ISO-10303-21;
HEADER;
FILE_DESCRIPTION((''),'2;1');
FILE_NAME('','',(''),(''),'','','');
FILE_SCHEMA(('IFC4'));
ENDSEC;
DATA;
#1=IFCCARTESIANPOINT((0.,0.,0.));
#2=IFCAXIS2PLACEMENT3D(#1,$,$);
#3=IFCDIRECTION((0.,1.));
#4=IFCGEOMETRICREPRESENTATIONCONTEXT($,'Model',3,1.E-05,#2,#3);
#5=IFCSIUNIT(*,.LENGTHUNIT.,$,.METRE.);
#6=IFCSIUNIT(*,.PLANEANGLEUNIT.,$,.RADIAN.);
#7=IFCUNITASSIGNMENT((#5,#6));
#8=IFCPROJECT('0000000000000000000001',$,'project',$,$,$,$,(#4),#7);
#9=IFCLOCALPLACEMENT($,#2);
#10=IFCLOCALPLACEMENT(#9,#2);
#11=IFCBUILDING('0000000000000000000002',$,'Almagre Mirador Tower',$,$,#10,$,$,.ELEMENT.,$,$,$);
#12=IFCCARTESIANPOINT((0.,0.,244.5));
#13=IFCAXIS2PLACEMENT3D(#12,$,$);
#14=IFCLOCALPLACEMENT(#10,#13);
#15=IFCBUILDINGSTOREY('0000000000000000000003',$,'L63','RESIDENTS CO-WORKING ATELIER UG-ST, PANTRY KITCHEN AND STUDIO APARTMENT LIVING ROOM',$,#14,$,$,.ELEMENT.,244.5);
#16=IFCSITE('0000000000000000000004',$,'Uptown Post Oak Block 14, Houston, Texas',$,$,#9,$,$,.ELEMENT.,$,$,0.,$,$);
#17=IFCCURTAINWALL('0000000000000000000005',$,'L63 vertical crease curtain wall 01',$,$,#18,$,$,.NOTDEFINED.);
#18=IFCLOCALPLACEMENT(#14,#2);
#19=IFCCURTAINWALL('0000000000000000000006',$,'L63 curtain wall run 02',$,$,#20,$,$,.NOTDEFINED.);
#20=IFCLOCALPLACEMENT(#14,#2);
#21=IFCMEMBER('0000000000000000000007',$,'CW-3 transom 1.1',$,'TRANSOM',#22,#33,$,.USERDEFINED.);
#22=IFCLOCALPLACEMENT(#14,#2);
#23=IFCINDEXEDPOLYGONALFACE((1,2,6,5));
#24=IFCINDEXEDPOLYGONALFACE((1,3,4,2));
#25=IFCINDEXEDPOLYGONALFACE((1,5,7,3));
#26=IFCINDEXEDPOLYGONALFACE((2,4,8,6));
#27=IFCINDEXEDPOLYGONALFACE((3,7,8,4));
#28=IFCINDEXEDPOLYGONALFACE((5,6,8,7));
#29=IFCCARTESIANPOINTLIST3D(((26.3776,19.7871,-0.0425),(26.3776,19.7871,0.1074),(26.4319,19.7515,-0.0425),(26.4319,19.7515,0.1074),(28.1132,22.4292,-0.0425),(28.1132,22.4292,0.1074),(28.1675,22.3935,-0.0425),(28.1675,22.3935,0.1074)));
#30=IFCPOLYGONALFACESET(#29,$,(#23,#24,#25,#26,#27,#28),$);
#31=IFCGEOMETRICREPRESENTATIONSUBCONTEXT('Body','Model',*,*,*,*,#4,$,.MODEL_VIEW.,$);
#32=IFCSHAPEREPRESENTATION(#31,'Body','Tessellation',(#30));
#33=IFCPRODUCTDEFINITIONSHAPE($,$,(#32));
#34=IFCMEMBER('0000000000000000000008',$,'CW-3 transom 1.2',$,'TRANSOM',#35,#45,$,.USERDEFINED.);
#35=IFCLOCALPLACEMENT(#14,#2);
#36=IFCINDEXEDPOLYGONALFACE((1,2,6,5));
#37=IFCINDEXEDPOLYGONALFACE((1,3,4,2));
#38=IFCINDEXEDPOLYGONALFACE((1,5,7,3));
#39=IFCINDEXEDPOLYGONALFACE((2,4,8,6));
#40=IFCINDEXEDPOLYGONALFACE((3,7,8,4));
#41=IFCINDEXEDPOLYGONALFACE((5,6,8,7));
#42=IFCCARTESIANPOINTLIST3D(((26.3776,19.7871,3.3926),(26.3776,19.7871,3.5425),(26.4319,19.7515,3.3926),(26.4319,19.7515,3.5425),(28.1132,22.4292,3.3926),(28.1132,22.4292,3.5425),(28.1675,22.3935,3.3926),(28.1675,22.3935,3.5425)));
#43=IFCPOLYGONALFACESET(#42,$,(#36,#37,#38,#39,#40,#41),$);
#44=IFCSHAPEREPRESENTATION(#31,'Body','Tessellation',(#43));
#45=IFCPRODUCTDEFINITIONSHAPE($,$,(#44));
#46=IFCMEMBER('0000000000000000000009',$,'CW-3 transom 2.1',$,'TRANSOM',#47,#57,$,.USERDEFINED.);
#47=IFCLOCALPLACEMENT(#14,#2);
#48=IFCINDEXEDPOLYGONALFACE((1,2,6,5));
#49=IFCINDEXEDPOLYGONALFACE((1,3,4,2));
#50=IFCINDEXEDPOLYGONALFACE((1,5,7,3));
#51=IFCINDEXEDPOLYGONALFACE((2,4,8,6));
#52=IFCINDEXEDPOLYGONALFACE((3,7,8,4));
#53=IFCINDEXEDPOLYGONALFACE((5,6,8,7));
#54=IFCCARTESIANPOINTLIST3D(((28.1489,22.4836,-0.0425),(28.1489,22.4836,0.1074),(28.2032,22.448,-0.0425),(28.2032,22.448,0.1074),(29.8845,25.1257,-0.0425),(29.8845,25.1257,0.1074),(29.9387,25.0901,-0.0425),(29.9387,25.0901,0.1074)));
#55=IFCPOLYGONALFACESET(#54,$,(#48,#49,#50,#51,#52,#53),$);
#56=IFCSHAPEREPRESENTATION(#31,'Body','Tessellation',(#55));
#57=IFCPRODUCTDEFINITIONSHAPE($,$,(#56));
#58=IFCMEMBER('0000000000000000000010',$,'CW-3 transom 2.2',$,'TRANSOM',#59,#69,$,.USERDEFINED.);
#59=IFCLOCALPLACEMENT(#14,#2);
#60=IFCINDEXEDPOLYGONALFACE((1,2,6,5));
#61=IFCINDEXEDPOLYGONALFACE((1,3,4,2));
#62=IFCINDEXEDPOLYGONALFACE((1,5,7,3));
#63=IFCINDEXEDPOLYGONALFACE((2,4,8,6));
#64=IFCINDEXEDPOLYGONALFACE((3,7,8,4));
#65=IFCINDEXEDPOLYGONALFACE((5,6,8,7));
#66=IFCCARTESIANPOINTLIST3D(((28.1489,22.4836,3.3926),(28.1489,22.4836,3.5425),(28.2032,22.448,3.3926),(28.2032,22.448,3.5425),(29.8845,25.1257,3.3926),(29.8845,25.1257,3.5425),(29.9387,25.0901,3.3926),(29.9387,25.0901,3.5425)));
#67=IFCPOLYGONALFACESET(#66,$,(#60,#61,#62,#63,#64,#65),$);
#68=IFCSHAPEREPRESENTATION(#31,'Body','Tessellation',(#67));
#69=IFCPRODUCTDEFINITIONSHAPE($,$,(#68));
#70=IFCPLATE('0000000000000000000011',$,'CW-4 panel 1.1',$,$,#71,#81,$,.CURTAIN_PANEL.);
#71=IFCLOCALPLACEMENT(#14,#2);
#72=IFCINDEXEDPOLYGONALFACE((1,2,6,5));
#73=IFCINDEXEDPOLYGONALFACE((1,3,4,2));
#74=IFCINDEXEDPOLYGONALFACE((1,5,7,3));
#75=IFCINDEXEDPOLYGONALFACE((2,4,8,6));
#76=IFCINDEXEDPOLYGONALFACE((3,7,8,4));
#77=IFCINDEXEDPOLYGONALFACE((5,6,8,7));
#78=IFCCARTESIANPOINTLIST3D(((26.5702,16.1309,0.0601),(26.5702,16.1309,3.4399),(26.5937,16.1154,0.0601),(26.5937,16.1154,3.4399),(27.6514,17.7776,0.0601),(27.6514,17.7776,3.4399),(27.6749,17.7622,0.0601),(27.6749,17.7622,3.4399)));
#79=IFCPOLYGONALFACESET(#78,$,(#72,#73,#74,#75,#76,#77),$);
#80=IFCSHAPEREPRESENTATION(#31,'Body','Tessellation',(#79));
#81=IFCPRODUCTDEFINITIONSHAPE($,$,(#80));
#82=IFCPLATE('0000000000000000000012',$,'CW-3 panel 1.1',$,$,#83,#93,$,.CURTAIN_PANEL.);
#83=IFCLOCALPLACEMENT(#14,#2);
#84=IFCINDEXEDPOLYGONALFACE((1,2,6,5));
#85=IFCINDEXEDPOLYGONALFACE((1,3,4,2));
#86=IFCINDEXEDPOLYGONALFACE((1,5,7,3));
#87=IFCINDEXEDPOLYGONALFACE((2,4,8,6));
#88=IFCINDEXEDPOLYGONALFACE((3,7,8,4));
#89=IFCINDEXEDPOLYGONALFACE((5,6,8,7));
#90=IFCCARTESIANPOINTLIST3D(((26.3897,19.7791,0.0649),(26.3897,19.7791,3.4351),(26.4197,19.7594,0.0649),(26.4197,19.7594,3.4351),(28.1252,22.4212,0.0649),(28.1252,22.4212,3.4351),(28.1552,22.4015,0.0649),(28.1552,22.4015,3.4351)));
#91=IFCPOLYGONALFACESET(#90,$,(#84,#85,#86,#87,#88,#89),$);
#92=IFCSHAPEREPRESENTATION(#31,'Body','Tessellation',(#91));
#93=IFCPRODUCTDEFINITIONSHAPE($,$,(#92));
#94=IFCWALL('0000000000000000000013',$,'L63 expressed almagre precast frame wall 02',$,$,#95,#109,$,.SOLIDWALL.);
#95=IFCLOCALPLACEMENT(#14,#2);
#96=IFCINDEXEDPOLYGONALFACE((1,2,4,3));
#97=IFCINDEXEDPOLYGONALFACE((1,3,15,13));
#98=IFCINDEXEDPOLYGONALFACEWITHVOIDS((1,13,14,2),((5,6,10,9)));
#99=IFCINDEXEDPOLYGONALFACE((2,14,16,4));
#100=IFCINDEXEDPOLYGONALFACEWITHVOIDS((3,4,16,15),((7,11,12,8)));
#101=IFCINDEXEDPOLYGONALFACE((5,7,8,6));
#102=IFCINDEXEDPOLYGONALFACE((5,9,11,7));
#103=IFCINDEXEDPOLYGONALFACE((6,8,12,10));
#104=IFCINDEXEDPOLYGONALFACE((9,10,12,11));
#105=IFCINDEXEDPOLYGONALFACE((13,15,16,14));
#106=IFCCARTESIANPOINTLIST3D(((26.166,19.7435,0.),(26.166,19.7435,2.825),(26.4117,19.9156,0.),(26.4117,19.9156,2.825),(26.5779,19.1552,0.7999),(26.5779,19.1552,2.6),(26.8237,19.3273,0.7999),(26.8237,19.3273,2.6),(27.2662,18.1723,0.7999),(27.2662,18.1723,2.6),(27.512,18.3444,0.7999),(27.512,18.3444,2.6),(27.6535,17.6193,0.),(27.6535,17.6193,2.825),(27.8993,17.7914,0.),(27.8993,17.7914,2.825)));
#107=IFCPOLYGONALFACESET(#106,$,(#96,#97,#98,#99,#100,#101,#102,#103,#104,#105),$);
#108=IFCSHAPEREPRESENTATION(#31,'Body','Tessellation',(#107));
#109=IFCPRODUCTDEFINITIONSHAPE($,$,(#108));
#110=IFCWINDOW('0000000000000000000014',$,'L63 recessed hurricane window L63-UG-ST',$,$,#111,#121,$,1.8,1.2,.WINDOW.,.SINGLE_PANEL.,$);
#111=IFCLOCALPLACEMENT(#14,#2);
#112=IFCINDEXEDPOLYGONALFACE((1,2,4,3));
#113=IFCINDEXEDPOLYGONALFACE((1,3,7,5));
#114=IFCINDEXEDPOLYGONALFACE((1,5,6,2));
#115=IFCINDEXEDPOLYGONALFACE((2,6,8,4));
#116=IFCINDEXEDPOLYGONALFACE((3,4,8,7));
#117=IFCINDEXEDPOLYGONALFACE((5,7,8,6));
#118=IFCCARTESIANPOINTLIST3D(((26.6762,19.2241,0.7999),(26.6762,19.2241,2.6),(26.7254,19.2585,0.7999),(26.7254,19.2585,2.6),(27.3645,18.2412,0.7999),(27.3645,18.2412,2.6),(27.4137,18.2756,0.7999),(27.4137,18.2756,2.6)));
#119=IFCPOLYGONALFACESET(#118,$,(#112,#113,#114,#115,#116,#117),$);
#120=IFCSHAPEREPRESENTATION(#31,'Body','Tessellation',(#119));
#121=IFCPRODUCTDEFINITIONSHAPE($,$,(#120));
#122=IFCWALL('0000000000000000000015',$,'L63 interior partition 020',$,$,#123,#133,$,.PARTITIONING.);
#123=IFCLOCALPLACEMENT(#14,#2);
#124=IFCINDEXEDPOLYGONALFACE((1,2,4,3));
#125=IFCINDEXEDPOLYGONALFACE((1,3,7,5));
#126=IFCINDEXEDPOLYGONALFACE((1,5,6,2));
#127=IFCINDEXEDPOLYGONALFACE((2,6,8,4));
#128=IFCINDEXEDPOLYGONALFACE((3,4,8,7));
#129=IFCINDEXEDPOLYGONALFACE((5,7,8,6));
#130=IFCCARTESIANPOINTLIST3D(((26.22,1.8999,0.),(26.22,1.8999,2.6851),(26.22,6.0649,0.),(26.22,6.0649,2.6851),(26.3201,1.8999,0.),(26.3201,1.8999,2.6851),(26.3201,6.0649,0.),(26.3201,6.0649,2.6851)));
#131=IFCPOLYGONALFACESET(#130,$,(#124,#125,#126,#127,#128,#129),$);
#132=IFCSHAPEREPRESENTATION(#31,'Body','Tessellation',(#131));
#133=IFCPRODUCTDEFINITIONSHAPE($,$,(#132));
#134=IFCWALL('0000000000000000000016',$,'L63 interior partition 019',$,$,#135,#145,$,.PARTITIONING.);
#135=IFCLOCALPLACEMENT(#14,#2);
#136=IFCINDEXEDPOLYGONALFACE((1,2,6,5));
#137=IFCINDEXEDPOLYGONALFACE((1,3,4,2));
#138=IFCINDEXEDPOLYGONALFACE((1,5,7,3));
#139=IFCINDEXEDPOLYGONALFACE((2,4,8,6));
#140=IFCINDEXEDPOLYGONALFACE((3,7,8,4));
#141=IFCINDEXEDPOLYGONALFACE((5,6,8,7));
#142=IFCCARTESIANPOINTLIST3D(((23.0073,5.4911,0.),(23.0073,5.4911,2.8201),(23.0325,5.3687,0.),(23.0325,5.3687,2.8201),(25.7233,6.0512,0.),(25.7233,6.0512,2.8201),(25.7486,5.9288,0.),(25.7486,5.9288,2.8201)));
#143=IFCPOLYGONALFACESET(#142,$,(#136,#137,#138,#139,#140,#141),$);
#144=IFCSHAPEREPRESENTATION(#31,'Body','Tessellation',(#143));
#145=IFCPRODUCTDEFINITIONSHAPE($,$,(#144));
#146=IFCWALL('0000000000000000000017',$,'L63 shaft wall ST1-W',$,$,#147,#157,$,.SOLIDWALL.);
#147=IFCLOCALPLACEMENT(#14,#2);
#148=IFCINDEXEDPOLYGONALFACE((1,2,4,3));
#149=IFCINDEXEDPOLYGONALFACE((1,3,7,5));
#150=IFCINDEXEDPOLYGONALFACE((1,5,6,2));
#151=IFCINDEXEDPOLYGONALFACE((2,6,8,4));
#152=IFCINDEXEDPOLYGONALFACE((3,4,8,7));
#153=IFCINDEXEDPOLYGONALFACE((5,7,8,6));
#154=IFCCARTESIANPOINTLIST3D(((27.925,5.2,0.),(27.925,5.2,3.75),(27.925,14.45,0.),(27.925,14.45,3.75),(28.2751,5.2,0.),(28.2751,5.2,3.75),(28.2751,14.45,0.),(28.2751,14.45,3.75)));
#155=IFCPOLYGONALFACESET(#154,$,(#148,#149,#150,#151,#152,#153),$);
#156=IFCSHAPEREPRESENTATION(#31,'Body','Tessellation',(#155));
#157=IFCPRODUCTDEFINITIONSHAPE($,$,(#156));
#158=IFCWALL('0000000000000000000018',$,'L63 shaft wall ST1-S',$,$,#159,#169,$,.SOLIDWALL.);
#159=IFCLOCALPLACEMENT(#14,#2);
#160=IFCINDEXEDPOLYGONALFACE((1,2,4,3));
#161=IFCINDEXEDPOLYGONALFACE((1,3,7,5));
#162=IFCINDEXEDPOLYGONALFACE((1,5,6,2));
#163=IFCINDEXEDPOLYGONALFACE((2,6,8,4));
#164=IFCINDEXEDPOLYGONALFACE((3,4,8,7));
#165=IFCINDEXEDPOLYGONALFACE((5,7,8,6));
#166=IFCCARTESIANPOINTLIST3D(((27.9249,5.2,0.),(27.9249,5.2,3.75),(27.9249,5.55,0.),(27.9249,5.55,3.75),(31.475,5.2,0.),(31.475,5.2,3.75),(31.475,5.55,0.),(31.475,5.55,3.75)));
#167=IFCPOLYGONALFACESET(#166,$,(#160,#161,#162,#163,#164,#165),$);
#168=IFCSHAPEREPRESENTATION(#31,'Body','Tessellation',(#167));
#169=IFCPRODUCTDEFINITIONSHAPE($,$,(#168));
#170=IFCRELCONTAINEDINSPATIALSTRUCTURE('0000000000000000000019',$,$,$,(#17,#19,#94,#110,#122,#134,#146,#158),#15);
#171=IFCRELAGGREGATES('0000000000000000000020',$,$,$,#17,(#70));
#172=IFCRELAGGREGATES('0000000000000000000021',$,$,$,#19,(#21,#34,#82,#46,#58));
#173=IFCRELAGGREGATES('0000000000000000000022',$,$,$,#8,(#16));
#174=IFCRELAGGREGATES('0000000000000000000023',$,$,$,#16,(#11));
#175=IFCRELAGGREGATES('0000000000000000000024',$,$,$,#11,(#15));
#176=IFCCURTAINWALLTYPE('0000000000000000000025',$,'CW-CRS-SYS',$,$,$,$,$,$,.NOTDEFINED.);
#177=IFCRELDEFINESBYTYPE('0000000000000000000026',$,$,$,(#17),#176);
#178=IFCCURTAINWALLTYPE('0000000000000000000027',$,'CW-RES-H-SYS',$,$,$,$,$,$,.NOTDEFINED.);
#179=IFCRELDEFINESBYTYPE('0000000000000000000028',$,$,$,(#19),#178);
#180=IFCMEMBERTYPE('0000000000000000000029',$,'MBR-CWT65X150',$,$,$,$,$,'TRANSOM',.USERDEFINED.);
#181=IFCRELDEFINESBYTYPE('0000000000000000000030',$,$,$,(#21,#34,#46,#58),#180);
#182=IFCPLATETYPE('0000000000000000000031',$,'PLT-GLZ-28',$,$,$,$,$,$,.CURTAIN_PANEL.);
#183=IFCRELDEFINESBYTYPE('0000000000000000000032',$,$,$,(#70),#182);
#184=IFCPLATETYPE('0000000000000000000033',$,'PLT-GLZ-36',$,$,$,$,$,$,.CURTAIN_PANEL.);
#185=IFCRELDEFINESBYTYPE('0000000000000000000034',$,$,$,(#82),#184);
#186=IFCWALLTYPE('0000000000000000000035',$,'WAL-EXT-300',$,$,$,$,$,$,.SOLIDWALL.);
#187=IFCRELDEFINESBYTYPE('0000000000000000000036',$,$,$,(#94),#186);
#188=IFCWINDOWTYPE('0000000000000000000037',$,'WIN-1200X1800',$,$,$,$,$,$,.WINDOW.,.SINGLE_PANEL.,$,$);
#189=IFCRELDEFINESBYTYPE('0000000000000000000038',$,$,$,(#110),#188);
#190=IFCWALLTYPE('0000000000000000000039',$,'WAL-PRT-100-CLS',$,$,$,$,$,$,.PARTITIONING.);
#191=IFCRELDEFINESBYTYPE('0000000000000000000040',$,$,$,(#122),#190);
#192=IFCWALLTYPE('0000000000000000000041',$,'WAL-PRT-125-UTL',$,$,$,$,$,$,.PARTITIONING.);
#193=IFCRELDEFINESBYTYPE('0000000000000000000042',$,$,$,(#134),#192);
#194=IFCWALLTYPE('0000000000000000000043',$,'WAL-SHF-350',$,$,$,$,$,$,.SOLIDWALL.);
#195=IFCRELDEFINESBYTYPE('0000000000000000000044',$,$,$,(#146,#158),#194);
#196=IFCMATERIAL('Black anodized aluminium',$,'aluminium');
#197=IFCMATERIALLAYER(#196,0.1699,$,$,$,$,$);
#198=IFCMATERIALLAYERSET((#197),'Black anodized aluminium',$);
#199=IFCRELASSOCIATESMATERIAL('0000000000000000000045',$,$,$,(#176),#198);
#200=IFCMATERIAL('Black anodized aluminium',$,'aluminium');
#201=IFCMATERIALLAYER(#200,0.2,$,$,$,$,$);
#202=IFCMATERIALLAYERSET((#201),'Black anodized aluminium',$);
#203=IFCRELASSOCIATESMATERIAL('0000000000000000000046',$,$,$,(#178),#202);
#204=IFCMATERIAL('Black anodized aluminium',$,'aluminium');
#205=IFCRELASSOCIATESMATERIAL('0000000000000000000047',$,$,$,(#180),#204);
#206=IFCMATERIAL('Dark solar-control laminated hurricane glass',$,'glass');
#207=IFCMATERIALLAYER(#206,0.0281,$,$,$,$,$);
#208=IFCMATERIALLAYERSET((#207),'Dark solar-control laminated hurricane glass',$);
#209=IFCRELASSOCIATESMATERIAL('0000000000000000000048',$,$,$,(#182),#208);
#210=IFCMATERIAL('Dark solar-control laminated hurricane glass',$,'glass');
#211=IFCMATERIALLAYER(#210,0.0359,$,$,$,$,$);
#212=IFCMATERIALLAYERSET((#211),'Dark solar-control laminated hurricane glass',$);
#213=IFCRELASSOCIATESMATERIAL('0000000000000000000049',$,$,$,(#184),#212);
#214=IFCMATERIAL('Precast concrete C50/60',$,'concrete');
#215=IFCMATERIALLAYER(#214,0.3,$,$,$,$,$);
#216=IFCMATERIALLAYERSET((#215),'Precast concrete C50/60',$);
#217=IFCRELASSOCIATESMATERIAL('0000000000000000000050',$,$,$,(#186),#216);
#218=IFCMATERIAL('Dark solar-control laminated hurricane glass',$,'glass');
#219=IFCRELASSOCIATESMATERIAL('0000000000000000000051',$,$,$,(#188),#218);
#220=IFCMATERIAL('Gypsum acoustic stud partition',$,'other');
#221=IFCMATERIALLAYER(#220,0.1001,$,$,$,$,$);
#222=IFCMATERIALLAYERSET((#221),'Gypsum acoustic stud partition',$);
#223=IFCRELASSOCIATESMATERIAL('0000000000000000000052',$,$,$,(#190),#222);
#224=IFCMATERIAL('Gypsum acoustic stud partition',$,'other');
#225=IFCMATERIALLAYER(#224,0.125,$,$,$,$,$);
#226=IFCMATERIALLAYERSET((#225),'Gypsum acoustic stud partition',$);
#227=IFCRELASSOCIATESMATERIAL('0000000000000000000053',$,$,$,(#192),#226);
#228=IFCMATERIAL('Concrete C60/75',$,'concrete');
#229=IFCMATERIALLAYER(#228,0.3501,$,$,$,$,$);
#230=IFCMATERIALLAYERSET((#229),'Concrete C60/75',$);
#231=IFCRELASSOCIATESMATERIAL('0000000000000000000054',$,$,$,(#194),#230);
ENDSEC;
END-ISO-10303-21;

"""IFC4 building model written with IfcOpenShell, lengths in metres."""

from ifc_helpers import new_model, si_unit, direction, frame, frame_2d, origin, origin_2d, place, context, subcontext, project, spatial, rectangle, extrude, material, layer, layer_set, material_profile, profile_set, type_object, element, fill, aggregate, save


model = new_model("IFC4")

# Units and contexts
model_context = context("Model", 3, precision=1e-05, world=origin(), true_north=direction((0.0, 1.0)))
body_context = subcontext(model_context, "Body", "Model", "MODEL_VIEW")
ifc_project = project(units=[si_unit("LENGTHUNIT", "METRE"), si_unit("PLANEANGLEUNIT", "RADIAN")], contexts=[model_context])

# Site, building, storey
site_placement = place(None, origin())
site = spatial("IfcSite", under=ifc_project, at=site_placement, Name="Uptown Post Oak Block 14, Houston, Texas", CompositionType="ELEMENT", RefElevation=0.0)
building_placement = place(site_placement, origin())
building = spatial("IfcBuilding", under=site, at=building_placement, Name="Almagre Mirador Tower", CompositionType="ELEMENT")
storey_placement = place(building_placement, frame((0.0, 0.0, 244.5)))
storey = spatial("IfcBuildingStorey", under=building, at=storey_placement, Name="L63", Description="RESIDENTS CO-WORKING ATELIER UG-ST, PANTRY KITCHEN AND STUDIO APARTMENT LIVING ROOM", CompositionType="ELEMENT", Elevation=244.5)

# Curtain walls
ifc_material_1 = material(Name="Black anodized aluminium", Category="aluminium")
ifc_layer_1 = layer(ifc_material_1, 0.1699)
ifc_layer_set_1 = layer_set([ifc_layer_1], Name="Black anodized aluminium")
curtain_wall_type_1 = type_object("IfcCurtainWallType", Name="CW-CRS-SYS", PredefinedType="NOTDEFINED", material=ifc_layer_set_1)
curtain_wall_1_placement = place(storey_placement, origin())
curtain_wall_1 = element("IfcCurtainWall", 1, at=curtain_wall_1_placement, inside=storey, type_object=curtain_wall_type_1, Name="L63 vertical crease curtain wall 01", PredefinedType="NOTDEFINED")
ifc_material_2 = material(Name="Black anodized aluminium", Category="aluminium")
ifc_layer_2 = layer(ifc_material_2, 0.2)
ifc_layer_set_2 = layer_set([ifc_layer_2], Name="Black anodized aluminium")
curtain_wall_type_2 = type_object("IfcCurtainWallType", Name="CW-RES-H-SYS", PredefinedType="NOTDEFINED", material=ifc_layer_set_2)
curtain_wall_2_placement = place(storey_placement, origin())
curtain_wall_2 = element("IfcCurtainWall", 2, at=curtain_wall_2_placement, inside=storey, type_object=curtain_wall_type_2, Name="L63 curtain wall run 02", PredefinedType="NOTDEFINED")

# Members
ifc_material_3 = material(Name="Black anodized aluminium", Category="aluminium")
ifc_material_profile_1 = material_profile(ifc_material_3, rectangle(XDim=0.0649, YDim=0.1499, at=origin_2d()), Name="CWT65X150")
ifc_profile_set_1 = profile_set([ifc_material_profile_1], Name="Black anodized aluminium")
member_type_1 = type_object("IfcMemberType", Name="MBR-CWT65X150", ElementType="TRANSOM", PredefinedType="USERDEFINED", material=ifc_profile_set_1)
member_1_placement = place(storey_placement, frame((26.4048, 19.7693, 0.0325), z_axis=(0.549038, 0.835798, 0.0), x_axis=(-0.835798, 0.549038, 0.0)))
member_1 = element("IfcMember", 3, at=member_1_placement, type_object=member_type_1, Name="CW-3 transom 1.1", ObjectType="TRANSOM", PredefinedType="USERDEFINED", context=body_context, shape_type="SweptSolid", body=[
    extrude(rectangle(XDim=0.0649, YDim=0.1499, at=origin_2d()), origin(), (0.0, 0.0, 1.0), 3.1611),
])
member_2_placement = place(storey_placement, frame((26.4048, 19.7693, 3.4675), z_axis=(0.549038, 0.835798, 0.0), x_axis=(-0.835798, 0.549038, 0.0)))
member_2 = element("IfcMember", 4, at=member_2_placement, type_object=member_type_1, Name="CW-3 transom 1.2", ObjectType="TRANSOM", PredefinedType="USERDEFINED", context=body_context, shape_type="SweptSolid", body=[
    extrude(rectangle(XDim=0.0649, YDim=0.1499, at=origin_2d()), origin(), (0.0, 0.0, 1.0), 3.1611),
])
member_3_placement = place(storey_placement, frame((28.176, 22.4658, 0.0325), z_axis=(0.549038, 0.835798, 0.0), x_axis=(-0.835798, 0.549038, 0.0)))
member_3 = element("IfcMember", 5, at=member_3_placement, type_object=member_type_1, Name="CW-3 transom 2.1", ObjectType="TRANSOM", PredefinedType="USERDEFINED", context=body_context, shape_type="SweptSolid", body=[
    extrude(rectangle(XDim=0.0649, YDim=0.1499, at=origin_2d()), origin(), (0.0, 0.0, 1.0), 3.1611),
])
member_4_placement = place(storey_placement, frame((28.176, 22.4658, 3.4675), z_axis=(0.549038, 0.835798, 0.0), x_axis=(-0.835798, 0.549038, 0.0)))
member_4 = element("IfcMember", 6, at=member_4_placement, type_object=member_type_1, Name="CW-3 transom 2.2", ObjectType="TRANSOM", PredefinedType="USERDEFINED", context=body_context, shape_type="SweptSolid", body=[
    extrude(rectangle(XDim=0.0649, YDim=0.1499, at=origin_2d()), origin(), (0.0, 0.0, 1.0), 3.1611),
])

# Plates
ifc_material_4 = material(Name="Dark solar-control laminated hurricane glass", Category="glass")
ifc_layer_3 = layer(ifc_material_4, 0.0281)
ifc_layer_set_3 = layer_set([ifc_layer_3], Name="Dark solar-control laminated hurricane glass")
plate_type_1 = type_object("IfcPlateType", Name="PLT-GLZ-28", PredefinedType="CURTAIN_PANEL", material=ifc_layer_set_3)
plate_1_placement = place(storey_placement, frame((27.1226, 16.9465, 0.0601), z_axis=(0.0, 0.0, 1.0), x_axis=(0.548834, 0.835931, 0.0)))
plate_1 = element("IfcPlate", 7, at=plate_1_placement, type_object=plate_type_1, Name="CW-4 panel 1.1", PredefinedType="CURTAIN_PANEL", context=body_context, shape_type="SweptSolid", body=[
    extrude(rectangle(XDim=1.97, YDim=0.0281, at=origin_2d()), origin(), (0.0, 0.0, 1.0), 3.3799),
])
aggregate(curtain_wall_1, [plate_1])
ifc_material_5 = material(Name="Dark solar-control laminated hurricane glass", Category="glass")
ifc_layer_4 = layer(ifc_material_5, 0.0359)
ifc_layer_set_4 = layer_set([ifc_layer_4], Name="Dark solar-control laminated hurricane glass")
plate_type_2 = type_object("IfcPlateType", Name="PLT-GLZ-36", PredefinedType="CURTAIN_PANEL", material=ifc_layer_set_4)
plate_2_placement = place(storey_placement, frame((27.2725, 21.0903, 0.0649), z_axis=(0.0, 0.0, 1.0), x_axis=(0.549033, 0.835801, 0.0)))
plate_2 = element("IfcPlate", 8, at=plate_2_placement, type_object=plate_type_2, Name="CW-3 panel 1.1", PredefinedType="CURTAIN_PANEL", context=body_context, shape_type="SweptSolid", body=[
    extrude(rectangle(XDim=3.1611, YDim=0.0359, at=origin_2d()), origin(), (0.0, 0.0, 1.0), 3.3701),
])
aggregate(curtain_wall_2, [member_1, member_2, plate_2, member_3, member_4])

# Wall, opening, window
ifc_material_6 = material(Name="Precast concrete C50/60", Category="concrete")
ifc_layer_5 = layer(ifc_material_6, 0.3)
ifc_layer_set_5 = layer_set([ifc_layer_5], Name="Precast concrete C50/60")
wall_type_1 = type_object("IfcWallType", Name="WAL-EXT-300", PredefinedType="SOLIDWALL", material=ifc_layer_set_5)
wall_1_placement = place(storey_placement, frame((27.7764, 17.7053, 0.0), z_axis=(0.0, 0.0, 1.0), x_axis=(-0.573608, 0.81913, 0.0)))
wall_1 = element("IfcWall", 9, at=wall_1_placement, inside=storey, type_object=wall_type_1, Name="L63 expressed almagre precast frame wall 02", PredefinedType="SOLIDWALL", context=body_context, shape_type="SweptSolid", body=[
    extrude(rectangle(XDim=2.5933, YDim=0.3, at=frame_2d((1.2966, 0.0))), origin(), (0.0, 0.0, 1.0), 2.825),
])
opening_1_placement = place(wall_1_placement, frame((0.675, 0.0, 0.8)))
opening_1 = element("IfcOpeningElement", 10, at=opening_1_placement, cuts=wall_1, PredefinedType="OPENING", context=body_context, shape_type="SweptSolid", body=[
    extrude(rectangle(XDim=1.2, YDim=1.8, at=frame_2d((0.6001, 0.8999))), frame((0.0, 0.1599, 0.0), z_axis=(0.0, -1.0, 0.0), x_axis=(1.0, 0.0, 0.0)), (0.0, 0.0, 1.0), 0.32),
])
ifc_material_7 = material(Name="Dark solar-control laminated hurricane glass", Category="glass")
window_type = type_object("IfcWindowType", Name="WIN-1200X1800", PartitioningType="SINGLE_PANEL", PredefinedType="WINDOW", material=ifc_material_7)
window_placement = place(opening_1_placement, origin())
window = element("IfcWindow", 11, at=window_placement, inside=storey, type_object=window_type, Name="L63 recessed hurricane window L63-UG-ST", OverallHeight=1.8, OverallWidth=1.2, PartitioningType="SINGLE_PANEL", PredefinedType="WINDOW", context=body_context, shape_type="SweptSolid", body=[
    extrude(rectangle(XDim=1.2, YDim=1.8, at=frame_2d((0.6001, 0.8999))), frame((0.0, 0.03, 0.0), z_axis=(0.0, -1.0, 0.0), x_axis=(1.0, 0.0, 0.0)), (0.0, 0.0, 1.0), 0.0601),
])
fill(opening_1, window)

# Walls
ifc_material_8 = material(Name="Gypsum acoustic stud partition", Category="other")
ifc_layer_6 = layer(ifc_material_8, 0.1001)
ifc_layer_set_6 = layer_set([ifc_layer_6], Name="Gypsum acoustic stud partition")
wall_type_2 = type_object("IfcWallType", Name="WAL-PRT-100-CLS", PredefinedType="PARTITIONING", material=ifc_layer_set_6)
wall_2_placement = place(storey_placement, frame((26.27, 1.8999, 0.0), z_axis=(0.0, 0.0, 1.0), x_axis=(0.0, 1.0, 0.0)))
element("IfcWall", 12, at=wall_2_placement, inside=storey, type_object=wall_type_2, Name="L63 interior partition 020", PredefinedType="PARTITIONING", context=body_context, shape_type="SweptSolid", body=[
    extrude(rectangle(XDim=4.165, YDim=0.1001, at=frame_2d((2.0825, 0.0))), origin(), (0.0, 0.0, 1.0), 2.6851),
])
ifc_material_9 = material(Name="Gypsum acoustic stud partition", Category="other")
ifc_layer_7 = layer(ifc_material_9, 0.125)
ifc_layer_set_7 = layer_set([ifc_layer_7], Name="Gypsum acoustic stud partition")
wall_type_3 = type_object("IfcWallType", Name="WAL-PRT-125-UTL", PredefinedType="PARTITIONING", material=ifc_layer_set_7)
wall_3_placement = place(storey_placement, frame((25.7361, 5.99, 0.0), z_axis=(0.0, 0.0, 1.0), x_axis=(-0.979395, -0.201953, 0.0)))
element("IfcWall", 13, at=wall_3_placement, inside=storey, type_object=wall_type_3, Name="L63 interior partition 019", PredefinedType="PARTITIONING", context=body_context, shape_type="SweptSolid", body=[
    extrude(rectangle(XDim=2.7732, YDim=0.125, at=frame_2d((1.3867, 0.0))), origin(), (0.0, 0.0, 1.0), 2.8201),
])
ifc_material_10 = material(Name="Concrete C60/75", Category="concrete")
ifc_layer_8 = layer(ifc_material_10, 0.3501)
ifc_layer_set_8 = layer_set([ifc_layer_8], Name="Concrete C60/75")
wall_type_4 = type_object("IfcWallType", Name="WAL-SHF-350", PredefinedType="SOLIDWALL", material=ifc_layer_set_8)
wall_4_placement = place(storey_placement, frame((28.1001, 5.2, 0.0), z_axis=(0.0, 0.0, 1.0), x_axis=(0.0, 1.0, 0.0)))
element("IfcWall", 14, at=wall_4_placement, inside=storey, type_object=wall_type_4, Name="L63 shaft wall ST1-W", PredefinedType="SOLIDWALL", context=body_context, shape_type="SweptSolid", body=[
    extrude(rectangle(XDim=9.25, YDim=0.3501, at=frame_2d((4.625, 0.0))), origin(), (0.0, 0.0, 1.0), 3.75),
])
wall_5_placement = place(storey_placement, frame((27.925, 5.375, 0.0), z_axis=(0.0, 0.0, 1.0), x_axis=(1.0, 0.0, 0.0)))
element("IfcWall", 15, at=wall_5_placement, inside=storey, type_object=wall_type_4, Name="L63 shaft wall ST1-S", PredefinedType="SOLIDWALL", context=body_context, shape_type="SweptSolid", body=[
    extrude(rectangle(XDim=3.55, YDim=0.3501, at=frame_2d((1.7749, 0.0))), origin(), (0.0, 0.0, 1.0), 3.75),
])

save(model, "model.ifc")
